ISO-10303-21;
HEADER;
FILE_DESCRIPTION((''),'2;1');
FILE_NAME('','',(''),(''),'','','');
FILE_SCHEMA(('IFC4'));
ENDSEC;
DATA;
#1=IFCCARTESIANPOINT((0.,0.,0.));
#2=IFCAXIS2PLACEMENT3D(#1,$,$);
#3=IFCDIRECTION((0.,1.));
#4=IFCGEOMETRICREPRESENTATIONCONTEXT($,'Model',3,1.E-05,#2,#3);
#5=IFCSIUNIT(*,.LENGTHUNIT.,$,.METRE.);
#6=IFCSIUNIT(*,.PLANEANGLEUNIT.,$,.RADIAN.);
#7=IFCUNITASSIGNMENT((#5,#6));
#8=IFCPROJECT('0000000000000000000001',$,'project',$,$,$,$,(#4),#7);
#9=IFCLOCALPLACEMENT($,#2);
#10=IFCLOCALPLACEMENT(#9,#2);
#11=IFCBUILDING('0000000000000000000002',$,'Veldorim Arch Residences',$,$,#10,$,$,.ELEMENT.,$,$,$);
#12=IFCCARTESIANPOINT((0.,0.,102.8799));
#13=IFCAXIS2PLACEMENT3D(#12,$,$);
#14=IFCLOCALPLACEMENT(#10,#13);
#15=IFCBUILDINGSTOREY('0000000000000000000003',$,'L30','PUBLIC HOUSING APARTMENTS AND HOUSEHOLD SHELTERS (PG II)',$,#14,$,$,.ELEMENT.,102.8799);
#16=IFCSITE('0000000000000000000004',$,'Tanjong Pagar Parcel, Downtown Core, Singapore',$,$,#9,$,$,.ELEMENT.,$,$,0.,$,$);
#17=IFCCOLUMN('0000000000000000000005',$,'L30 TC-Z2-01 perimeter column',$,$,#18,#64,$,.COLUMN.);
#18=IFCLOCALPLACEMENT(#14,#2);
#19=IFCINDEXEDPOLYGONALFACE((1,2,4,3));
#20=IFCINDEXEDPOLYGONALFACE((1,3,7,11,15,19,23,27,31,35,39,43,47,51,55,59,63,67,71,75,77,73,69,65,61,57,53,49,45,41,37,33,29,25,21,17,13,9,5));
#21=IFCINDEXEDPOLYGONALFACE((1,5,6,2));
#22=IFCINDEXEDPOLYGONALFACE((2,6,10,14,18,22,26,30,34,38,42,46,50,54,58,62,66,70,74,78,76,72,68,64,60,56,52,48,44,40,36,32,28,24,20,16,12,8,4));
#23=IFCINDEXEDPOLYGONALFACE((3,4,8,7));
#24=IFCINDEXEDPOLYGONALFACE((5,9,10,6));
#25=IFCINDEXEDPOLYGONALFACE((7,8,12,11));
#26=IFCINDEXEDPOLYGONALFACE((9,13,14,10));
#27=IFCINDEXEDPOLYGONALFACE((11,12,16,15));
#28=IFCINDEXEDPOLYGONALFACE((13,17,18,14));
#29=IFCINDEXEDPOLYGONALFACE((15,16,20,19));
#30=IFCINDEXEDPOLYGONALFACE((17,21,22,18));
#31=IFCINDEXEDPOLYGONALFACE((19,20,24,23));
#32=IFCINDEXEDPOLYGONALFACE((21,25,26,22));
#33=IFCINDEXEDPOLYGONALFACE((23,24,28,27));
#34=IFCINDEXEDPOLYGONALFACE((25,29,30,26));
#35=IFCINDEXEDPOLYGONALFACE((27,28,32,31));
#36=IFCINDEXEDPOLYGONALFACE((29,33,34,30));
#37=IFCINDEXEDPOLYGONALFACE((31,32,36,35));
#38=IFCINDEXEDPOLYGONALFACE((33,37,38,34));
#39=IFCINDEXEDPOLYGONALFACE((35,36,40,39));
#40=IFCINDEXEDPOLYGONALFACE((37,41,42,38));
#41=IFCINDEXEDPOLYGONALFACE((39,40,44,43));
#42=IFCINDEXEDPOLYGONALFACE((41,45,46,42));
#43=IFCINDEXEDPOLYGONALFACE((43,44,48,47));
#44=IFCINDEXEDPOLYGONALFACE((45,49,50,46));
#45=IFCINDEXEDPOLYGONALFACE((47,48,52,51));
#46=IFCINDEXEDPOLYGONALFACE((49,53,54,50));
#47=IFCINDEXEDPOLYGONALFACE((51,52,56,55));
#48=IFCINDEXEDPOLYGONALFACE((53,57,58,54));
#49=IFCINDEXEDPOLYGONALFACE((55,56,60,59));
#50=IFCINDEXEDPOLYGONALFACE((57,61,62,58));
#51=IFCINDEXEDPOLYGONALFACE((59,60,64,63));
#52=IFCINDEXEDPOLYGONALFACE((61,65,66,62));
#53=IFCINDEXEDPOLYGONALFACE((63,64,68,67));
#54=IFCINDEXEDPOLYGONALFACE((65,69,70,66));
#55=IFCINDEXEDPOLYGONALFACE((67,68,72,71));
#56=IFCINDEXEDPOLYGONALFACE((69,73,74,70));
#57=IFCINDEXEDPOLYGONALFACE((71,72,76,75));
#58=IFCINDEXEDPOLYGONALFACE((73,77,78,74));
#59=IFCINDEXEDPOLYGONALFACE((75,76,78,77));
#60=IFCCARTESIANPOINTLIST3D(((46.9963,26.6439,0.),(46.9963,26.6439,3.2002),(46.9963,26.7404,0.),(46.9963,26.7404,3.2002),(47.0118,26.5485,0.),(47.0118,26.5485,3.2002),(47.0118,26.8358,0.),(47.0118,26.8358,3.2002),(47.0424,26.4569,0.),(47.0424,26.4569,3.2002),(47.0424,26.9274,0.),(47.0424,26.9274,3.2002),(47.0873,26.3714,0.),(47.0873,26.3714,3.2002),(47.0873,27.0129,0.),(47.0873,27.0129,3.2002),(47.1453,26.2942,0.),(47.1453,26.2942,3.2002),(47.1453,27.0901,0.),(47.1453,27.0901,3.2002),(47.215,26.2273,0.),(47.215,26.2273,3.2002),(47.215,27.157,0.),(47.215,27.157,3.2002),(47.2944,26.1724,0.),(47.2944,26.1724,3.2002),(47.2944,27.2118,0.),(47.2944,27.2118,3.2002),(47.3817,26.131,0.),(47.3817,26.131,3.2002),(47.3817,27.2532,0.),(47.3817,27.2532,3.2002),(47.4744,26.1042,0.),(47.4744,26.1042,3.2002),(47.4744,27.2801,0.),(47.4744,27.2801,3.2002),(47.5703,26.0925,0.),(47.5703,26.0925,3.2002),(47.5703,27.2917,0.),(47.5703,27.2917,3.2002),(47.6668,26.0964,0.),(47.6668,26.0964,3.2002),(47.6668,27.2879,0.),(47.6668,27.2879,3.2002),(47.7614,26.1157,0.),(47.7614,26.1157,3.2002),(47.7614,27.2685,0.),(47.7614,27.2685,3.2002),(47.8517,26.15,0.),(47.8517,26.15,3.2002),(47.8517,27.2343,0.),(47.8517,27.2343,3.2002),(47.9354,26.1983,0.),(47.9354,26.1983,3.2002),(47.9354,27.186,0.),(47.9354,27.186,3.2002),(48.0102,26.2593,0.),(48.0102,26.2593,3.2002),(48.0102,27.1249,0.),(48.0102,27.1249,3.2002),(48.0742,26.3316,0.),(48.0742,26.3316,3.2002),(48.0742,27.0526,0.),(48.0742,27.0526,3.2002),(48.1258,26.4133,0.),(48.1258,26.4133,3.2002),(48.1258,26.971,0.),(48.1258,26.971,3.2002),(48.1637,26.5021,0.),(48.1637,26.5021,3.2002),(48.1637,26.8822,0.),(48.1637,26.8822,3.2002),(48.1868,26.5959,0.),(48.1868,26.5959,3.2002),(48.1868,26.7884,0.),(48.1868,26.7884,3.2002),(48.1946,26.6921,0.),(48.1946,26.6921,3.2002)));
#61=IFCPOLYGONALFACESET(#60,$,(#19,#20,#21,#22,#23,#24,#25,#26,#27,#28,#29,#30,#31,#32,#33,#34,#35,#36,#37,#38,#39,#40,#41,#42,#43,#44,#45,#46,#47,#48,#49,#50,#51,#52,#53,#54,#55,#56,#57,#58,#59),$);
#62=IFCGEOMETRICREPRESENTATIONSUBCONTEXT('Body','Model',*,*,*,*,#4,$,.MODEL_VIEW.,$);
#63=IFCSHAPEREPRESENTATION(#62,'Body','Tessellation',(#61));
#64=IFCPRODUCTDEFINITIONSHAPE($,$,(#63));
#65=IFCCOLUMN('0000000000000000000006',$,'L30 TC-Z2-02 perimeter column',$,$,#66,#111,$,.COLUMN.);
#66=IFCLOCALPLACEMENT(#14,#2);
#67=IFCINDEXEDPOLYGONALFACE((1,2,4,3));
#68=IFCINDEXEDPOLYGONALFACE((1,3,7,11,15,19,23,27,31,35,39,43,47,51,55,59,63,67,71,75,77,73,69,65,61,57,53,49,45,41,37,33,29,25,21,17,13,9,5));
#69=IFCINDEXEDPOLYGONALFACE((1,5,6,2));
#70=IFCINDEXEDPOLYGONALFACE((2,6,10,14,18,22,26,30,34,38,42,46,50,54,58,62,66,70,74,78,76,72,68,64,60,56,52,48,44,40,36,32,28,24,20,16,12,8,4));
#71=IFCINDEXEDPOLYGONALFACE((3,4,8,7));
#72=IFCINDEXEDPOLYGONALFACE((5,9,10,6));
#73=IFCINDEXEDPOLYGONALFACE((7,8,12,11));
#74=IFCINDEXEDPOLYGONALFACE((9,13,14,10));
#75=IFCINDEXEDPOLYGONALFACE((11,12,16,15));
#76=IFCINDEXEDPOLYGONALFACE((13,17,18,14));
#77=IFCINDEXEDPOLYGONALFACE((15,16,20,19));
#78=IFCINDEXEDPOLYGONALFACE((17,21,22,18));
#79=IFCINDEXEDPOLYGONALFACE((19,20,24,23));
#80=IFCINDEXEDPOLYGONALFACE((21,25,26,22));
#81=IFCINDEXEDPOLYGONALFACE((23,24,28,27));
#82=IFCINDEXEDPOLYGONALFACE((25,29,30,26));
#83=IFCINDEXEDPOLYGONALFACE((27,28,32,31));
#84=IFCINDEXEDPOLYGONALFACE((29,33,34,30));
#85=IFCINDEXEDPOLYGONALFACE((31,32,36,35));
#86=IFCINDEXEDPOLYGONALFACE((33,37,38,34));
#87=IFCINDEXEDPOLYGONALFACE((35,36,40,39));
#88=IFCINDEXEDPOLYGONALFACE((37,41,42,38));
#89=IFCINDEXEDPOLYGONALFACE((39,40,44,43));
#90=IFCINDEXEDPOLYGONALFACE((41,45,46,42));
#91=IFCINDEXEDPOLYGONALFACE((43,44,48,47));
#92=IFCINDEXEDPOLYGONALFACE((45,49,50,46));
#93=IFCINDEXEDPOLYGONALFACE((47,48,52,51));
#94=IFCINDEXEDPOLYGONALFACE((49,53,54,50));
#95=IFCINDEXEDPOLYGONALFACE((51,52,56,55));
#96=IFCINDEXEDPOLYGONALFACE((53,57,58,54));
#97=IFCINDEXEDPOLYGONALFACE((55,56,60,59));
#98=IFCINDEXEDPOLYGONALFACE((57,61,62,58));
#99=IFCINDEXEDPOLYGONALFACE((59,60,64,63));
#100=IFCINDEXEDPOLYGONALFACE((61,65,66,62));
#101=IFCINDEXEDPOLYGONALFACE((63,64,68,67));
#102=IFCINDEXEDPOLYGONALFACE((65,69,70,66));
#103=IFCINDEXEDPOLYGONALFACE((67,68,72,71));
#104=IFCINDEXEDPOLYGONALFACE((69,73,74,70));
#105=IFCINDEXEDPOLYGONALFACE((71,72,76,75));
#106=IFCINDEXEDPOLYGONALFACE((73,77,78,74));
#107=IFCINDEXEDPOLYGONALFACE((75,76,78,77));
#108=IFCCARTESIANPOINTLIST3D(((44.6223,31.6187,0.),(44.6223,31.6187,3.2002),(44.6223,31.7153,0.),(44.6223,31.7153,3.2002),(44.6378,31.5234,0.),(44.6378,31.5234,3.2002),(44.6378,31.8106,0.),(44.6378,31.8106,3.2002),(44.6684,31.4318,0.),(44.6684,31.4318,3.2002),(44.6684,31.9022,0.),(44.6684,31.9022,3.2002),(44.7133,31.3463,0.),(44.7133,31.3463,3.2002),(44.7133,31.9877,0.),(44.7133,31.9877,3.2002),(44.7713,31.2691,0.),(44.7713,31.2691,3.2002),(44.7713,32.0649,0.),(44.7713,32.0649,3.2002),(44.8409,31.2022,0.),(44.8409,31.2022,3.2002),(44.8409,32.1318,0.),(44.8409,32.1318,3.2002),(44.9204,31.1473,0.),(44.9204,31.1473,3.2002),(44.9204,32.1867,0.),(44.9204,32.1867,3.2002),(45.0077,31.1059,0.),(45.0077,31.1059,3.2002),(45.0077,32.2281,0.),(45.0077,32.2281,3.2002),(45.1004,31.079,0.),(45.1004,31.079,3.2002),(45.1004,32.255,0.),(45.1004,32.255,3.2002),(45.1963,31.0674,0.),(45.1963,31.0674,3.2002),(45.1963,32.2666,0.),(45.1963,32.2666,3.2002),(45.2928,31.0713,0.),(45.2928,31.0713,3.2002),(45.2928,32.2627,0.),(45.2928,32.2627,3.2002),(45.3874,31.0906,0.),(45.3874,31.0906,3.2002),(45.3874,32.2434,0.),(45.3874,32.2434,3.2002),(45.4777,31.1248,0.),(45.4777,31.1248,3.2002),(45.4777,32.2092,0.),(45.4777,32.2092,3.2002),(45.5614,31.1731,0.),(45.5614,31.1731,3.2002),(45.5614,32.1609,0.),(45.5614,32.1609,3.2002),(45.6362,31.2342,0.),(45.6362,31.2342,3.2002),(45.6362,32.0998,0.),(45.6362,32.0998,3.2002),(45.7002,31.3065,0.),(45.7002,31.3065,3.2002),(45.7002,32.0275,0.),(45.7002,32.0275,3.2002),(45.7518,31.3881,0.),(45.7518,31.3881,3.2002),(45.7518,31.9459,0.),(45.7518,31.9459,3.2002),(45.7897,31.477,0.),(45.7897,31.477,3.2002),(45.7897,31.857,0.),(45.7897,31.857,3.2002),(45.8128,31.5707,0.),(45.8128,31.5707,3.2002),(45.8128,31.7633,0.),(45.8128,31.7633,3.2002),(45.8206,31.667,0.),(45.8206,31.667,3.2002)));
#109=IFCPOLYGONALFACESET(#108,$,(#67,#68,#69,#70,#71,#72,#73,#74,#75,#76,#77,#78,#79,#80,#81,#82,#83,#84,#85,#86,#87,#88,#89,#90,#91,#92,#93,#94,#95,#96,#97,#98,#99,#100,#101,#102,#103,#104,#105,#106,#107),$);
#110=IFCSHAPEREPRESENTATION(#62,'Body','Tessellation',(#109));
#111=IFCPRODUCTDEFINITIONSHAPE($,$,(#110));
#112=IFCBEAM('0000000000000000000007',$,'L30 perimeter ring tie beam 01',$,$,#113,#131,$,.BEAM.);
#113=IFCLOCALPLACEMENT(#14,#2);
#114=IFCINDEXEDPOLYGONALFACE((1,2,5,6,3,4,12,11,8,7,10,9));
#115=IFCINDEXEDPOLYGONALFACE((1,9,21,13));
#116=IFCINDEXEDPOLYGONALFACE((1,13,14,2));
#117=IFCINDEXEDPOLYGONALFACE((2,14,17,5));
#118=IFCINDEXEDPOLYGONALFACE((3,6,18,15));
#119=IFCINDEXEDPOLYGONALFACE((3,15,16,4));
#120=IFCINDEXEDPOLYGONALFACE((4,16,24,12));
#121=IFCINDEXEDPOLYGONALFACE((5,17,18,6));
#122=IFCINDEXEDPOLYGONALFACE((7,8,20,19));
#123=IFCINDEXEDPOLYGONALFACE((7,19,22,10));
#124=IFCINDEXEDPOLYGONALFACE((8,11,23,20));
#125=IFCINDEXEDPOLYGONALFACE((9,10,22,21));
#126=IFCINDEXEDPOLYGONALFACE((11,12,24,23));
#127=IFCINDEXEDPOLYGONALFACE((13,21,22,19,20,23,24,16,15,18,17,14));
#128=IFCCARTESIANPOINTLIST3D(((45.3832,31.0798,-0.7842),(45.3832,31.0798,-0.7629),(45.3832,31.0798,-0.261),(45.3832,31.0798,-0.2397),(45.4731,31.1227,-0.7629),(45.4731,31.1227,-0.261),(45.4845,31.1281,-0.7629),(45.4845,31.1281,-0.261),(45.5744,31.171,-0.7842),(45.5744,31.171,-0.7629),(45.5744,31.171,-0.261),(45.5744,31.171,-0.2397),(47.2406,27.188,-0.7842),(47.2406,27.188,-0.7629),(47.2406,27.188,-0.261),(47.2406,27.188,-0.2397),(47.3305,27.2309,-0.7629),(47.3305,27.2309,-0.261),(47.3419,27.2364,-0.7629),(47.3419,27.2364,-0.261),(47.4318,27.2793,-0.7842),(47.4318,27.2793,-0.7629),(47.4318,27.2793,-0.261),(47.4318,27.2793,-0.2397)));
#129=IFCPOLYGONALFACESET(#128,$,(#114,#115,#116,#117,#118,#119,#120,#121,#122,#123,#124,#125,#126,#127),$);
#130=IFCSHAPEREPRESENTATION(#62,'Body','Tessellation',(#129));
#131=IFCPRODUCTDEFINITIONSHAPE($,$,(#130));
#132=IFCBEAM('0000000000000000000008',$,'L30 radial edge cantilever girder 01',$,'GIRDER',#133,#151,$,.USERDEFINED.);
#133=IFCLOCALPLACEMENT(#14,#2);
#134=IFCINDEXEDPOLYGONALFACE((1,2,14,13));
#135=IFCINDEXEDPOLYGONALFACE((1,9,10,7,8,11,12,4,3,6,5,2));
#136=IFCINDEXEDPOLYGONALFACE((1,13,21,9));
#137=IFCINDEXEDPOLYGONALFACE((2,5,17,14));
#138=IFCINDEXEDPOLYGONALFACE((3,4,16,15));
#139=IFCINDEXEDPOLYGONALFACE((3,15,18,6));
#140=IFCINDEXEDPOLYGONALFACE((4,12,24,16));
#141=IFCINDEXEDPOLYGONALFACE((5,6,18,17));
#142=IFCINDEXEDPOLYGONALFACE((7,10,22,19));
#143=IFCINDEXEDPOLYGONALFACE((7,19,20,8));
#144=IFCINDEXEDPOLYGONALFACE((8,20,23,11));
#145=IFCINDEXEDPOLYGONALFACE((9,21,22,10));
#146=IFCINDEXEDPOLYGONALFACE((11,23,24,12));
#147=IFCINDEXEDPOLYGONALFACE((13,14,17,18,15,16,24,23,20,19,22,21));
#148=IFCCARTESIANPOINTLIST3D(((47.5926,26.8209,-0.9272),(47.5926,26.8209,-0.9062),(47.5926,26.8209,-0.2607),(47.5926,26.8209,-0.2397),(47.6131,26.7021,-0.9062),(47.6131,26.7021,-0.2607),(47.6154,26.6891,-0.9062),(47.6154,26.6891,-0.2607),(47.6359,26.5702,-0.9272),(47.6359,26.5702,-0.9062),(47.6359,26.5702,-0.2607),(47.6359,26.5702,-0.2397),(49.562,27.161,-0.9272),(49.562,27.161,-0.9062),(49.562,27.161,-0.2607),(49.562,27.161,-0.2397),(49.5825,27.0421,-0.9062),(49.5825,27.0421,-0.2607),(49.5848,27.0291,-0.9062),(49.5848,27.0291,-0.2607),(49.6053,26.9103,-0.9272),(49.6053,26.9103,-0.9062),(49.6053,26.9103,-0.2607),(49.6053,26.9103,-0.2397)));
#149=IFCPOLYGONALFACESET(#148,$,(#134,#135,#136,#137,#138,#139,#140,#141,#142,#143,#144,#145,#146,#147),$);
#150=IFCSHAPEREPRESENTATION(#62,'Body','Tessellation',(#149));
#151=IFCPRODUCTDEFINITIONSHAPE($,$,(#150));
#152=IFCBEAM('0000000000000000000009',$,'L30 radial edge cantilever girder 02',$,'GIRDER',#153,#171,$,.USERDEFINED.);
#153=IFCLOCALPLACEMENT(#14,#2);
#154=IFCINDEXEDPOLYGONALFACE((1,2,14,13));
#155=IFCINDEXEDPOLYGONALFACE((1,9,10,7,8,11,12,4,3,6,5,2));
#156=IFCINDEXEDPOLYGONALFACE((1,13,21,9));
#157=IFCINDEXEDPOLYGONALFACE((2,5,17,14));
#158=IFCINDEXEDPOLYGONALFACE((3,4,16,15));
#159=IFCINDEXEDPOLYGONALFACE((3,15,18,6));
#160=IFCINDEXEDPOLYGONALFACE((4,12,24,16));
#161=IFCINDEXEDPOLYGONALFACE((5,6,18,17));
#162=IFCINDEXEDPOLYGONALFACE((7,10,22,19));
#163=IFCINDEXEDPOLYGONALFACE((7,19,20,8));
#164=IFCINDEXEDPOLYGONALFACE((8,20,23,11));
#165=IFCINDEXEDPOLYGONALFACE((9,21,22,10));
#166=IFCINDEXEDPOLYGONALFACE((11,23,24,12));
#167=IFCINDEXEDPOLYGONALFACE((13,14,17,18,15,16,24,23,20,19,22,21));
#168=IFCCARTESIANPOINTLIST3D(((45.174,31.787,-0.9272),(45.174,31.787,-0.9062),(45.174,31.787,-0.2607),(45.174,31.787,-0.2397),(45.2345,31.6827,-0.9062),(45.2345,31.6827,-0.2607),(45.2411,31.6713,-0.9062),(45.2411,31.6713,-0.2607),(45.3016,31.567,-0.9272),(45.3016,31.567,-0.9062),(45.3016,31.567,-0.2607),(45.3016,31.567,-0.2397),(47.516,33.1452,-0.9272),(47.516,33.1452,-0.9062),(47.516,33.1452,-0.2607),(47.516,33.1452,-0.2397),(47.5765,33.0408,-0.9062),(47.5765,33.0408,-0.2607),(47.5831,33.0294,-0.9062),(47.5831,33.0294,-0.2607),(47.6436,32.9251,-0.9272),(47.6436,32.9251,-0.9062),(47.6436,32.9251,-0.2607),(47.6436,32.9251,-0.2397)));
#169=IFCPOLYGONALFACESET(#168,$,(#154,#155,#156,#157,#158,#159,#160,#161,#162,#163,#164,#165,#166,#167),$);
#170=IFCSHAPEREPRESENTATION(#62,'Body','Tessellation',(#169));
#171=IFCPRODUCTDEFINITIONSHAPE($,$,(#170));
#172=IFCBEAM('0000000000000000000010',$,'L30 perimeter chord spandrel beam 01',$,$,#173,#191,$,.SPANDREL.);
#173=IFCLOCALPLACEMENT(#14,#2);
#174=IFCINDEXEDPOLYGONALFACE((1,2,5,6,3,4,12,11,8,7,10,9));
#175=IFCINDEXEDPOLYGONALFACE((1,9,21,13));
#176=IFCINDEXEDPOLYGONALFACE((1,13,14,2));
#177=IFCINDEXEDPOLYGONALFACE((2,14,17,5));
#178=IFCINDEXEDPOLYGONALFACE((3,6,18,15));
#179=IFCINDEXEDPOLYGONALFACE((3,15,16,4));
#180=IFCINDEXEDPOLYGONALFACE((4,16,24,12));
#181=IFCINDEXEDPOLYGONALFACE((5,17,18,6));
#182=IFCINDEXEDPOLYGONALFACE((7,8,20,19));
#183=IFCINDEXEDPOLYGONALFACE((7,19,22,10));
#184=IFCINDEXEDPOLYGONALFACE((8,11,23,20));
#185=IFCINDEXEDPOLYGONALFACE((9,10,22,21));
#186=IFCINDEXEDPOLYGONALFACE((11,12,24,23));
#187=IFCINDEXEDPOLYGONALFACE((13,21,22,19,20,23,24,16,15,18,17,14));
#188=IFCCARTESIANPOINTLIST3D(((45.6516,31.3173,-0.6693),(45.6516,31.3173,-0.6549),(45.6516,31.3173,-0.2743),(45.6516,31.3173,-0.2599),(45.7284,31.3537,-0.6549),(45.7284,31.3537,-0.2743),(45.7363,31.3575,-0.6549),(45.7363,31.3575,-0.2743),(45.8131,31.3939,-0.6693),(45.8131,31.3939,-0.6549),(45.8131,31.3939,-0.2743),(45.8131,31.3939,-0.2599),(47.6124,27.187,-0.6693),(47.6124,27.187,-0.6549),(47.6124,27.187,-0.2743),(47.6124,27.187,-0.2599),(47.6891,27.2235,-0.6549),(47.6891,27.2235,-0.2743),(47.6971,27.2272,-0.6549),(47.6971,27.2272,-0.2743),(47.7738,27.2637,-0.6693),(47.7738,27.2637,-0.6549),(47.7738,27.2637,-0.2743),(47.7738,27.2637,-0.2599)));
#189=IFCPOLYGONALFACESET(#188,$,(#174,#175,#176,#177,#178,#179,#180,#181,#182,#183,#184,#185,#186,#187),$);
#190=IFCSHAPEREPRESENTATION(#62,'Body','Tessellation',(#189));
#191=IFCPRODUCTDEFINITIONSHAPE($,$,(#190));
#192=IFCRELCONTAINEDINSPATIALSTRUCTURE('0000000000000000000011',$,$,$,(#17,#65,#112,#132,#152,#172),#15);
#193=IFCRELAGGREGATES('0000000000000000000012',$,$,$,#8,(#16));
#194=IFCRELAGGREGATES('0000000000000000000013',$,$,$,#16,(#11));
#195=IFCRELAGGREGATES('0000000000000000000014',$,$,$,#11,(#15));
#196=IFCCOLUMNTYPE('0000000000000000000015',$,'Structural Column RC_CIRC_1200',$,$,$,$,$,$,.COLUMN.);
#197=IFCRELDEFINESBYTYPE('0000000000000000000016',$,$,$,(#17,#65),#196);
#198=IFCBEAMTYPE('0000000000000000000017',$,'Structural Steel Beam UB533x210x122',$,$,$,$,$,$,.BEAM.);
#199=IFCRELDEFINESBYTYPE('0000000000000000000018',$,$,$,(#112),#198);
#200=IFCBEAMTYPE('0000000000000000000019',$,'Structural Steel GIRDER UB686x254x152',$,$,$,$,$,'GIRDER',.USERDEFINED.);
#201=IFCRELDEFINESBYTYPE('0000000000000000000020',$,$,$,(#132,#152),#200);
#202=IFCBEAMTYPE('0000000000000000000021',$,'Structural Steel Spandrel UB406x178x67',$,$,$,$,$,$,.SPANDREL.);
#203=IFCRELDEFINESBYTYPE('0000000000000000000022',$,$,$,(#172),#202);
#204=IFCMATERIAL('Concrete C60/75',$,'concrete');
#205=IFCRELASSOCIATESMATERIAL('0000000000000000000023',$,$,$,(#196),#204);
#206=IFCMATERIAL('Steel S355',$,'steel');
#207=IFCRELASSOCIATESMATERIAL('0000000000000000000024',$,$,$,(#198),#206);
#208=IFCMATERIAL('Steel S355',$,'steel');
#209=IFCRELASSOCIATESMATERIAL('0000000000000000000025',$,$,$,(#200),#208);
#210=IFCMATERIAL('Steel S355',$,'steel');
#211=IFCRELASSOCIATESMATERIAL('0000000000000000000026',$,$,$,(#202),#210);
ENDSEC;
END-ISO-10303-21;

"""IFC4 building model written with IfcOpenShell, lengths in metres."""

from ifc_helpers import new_model, si_unit, direction, frame, origin, origin_2d, place, context, subcontext, project, spatial, circle, i_section, extrude, material, material_profile, profile_set, type_object, element, save


model = new_model("IFC4")

# Units and contexts
model_context = context("Model", 3, precision=1e-05, world=origin(), true_north=direction((0.0, 1.0)))
body_context = subcontext(model_context, "Body", "Model", "MODEL_VIEW")
ifc_project = project(units=[si_unit("LENGTHUNIT", "METRE"), si_unit("PLANEANGLEUNIT", "RADIAN")], contexts=[model_context])

# Site, building, storey
site_placement = place(None, origin())
site = spatial("IfcSite", under=ifc_project, at=site_placement, Name="Tanjong Pagar Parcel, Downtown Core, Singapore", CompositionType="ELEMENT", RefElevation=0.0)
building_placement = place(site_placement, origin())
building = spatial("IfcBuilding", under=site, at=building_placement, Name="Veldorim Arch Residences", CompositionType="ELEMENT")
storey_placement = place(building_placement, frame((0.0, 0.0, 102.8799)))
storey = spatial("IfcBuildingStorey", under=building, at=storey_placement, Name="L30", Description="PUBLIC HOUSING APARTMENTS AND HOUSEHOLD SHELTERS (PG II)", CompositionType="ELEMENT", Elevation=102.8799)

# Columns
ifc_material_1 = material(Name="Concrete C60/75", Category="concrete")
ifc_material_profile_1 = material_profile(ifc_material_1, circle(Radius=0.6001, at=origin_2d()), Name="RC_CIRC_1200")
ifc_profile_set_1 = profile_set([ifc_material_profile_1], Name="Concrete C60/75")
column_type = type_object("IfcColumnType", Name="Structural Column RC_CIRC_1200", PredefinedType="COLUMN", material=ifc_profile_set_1)
for number, where, z_axis, x_axis, name in (
    (1, (47.5945, 26.6921, 0.0), (0.0, 0.0, 1.0), (1.0, 0.0, 0.0), "L30 TC-Z2-01 perimeter column"),
    (2, (45.2205, 31.667, 0.0), (0.0, 0.0, 1.0), (1.0, 0.0, 0.0), "L30 TC-Z2-02 perimeter column"),
):
    element("IfcColumn", number, at=place(storey_placement, frame(where, z_axis=z_axis, x_axis=x_axis)), inside=storey, type_object=column_type, Name=name, PredefinedType="COLUMN", context=body_context, shape_type="SweptSolid", body=[
        extrude(circle(Radius=0.6001, at=origin_2d()), origin(), (0.0, 0.0, 1.0), 3.2002),
    ])

# Beams
ifc_material_2 = material(Name="Steel S355", Category="steel")
ifc_material_profile_2 = material_profile(ifc_material_2, i_section(OverallWidth=0.2119, OverallDepth=0.5444, WebThickness=0.0127, FlangeThickness=0.0212, at=origin_2d()), Name="UB533x210x122")
ifc_profile_set_2 = profile_set([ifc_material_profile_2], Name="Steel S355")
beam_type_1 = type_object("IfcBeamType", Name="Structural Steel Beam UB533x210x122", PredefinedType="BEAM", material=ifc_profile_set_2)
beam_1_placement = place(storey_placement, frame((47.3362, 27.2336, -0.512), z_axis=(-0.43072, 0.902486, 0.0), x_axis=(-0.902486, -0.43072, 0.0)))
element("IfcBeam", 3, at=beam_1_placement, inside=storey, type_object=beam_type_1, Name="L30 perimeter ring tie beam 01", PredefinedType="BEAM", context=body_context, shape_type="SweptSolid", body=[
    extrude(i_section(OverallWidth=0.2119, OverallDepth=0.5444, WebThickness=0.0127, FlangeThickness=0.0212, at=origin_2d()), origin(), (0.0, 0.0, 1.0), 4.3123),
])
ifc_material_3 = material(Name="Steel S355", Category="steel")
ifc_material_profile_3 = material_profile(ifc_material_3, i_section(OverallWidth=0.2544, OverallDepth=0.6875, WebThickness=0.0132, FlangeThickness=0.021, at=origin_2d()), Name="UB686x254x152")
ifc_profile_set_3 = profile_set([ifc_material_profile_3], Name="Steel S355")
beam_type_2 = type_object("IfcBeamType", Name="Structural Steel GIRDER UB686x254x152", ElementType="GIRDER", PredefinedType="USERDEFINED", material=ifc_profile_set_3)
beam_2_placement = place(storey_placement, frame((47.6143, 26.6956, -0.5835), z_axis=(0.985416, 0.170161, 0.0), x_axis=(-0.170161, 0.985416, 0.0)))
element("IfcBeam", 4, at=beam_2_placement, inside=storey, type_object=beam_type_2, Name="L30 radial edge cantilever girder 01", ObjectType="GIRDER", PredefinedType="USERDEFINED", context=body_context, shape_type="SweptSolid", body=[
    extrude(i_section(OverallWidth=0.2544, OverallDepth=0.6875, WebThickness=0.0132, FlangeThickness=0.021, at=origin_2d()), origin(), (0.0, 0.0, 1.0), 1.9985),
])
beam_3_placement = place(storey_placement, frame((45.2378, 31.677, -0.5835), z_axis=(0.865068, 0.501655, 0.0), x_axis=(-0.501655, 0.865068, 0.0)))
element("IfcBeam", 5, at=beam_3_placement, inside=storey, type_object=beam_type_2, Name="L30 radial edge cantilever girder 02", ObjectType="GIRDER", PredefinedType="USERDEFINED", context=body_context, shape_type="SweptSolid", body=[
    extrude(i_section(OverallWidth=0.2544, OverallDepth=0.6875, WebThickness=0.0132, FlangeThickness=0.021, at=origin_2d()), origin(), (0.0, 0.0, 1.0), 2.7073),
])
ifc_material_4 = material(Name="Steel S355", Category="steel")
ifc_material_profile_4 = material_profile(ifc_material_4, i_section(OverallWidth=0.1787, OverallDepth=0.4094, WebThickness=0.0088, FlangeThickness=0.0144, at=origin_2d()), Name="UB406x178x67")
ifc_profile_set_4 = profile_set([ifc_material_profile_4], Name="Steel S355")
beam_type_3 = type_object("IfcBeamType", Name="Structural Steel Spandrel UB406x178x67", PredefinedType="SPANDREL", material=ifc_profile_set_4)
beam_4_placement = place(storey_placement, frame((47.6931, 27.2253, -0.4646), z_axis=(-0.428857, 0.903372, 0.0), x_axis=(-0.903372, -0.428857, 0.0)))
element("IfcBeam", 6, at=beam_4_placement, inside=storey, type_object=beam_type_3, Name="L30 perimeter chord spandrel beam 01", PredefinedType="SPANDREL", context=body_context, shape_type="SweptSolid", body=[
    extrude(i_section(OverallWidth=0.1787, OverallDepth=0.4094, WebThickness=0.0088, FlangeThickness=0.0144, at=origin_2d()), origin(), (0.0, 0.0, 1.0), 4.572),
])

save(model, "model.ifc")
